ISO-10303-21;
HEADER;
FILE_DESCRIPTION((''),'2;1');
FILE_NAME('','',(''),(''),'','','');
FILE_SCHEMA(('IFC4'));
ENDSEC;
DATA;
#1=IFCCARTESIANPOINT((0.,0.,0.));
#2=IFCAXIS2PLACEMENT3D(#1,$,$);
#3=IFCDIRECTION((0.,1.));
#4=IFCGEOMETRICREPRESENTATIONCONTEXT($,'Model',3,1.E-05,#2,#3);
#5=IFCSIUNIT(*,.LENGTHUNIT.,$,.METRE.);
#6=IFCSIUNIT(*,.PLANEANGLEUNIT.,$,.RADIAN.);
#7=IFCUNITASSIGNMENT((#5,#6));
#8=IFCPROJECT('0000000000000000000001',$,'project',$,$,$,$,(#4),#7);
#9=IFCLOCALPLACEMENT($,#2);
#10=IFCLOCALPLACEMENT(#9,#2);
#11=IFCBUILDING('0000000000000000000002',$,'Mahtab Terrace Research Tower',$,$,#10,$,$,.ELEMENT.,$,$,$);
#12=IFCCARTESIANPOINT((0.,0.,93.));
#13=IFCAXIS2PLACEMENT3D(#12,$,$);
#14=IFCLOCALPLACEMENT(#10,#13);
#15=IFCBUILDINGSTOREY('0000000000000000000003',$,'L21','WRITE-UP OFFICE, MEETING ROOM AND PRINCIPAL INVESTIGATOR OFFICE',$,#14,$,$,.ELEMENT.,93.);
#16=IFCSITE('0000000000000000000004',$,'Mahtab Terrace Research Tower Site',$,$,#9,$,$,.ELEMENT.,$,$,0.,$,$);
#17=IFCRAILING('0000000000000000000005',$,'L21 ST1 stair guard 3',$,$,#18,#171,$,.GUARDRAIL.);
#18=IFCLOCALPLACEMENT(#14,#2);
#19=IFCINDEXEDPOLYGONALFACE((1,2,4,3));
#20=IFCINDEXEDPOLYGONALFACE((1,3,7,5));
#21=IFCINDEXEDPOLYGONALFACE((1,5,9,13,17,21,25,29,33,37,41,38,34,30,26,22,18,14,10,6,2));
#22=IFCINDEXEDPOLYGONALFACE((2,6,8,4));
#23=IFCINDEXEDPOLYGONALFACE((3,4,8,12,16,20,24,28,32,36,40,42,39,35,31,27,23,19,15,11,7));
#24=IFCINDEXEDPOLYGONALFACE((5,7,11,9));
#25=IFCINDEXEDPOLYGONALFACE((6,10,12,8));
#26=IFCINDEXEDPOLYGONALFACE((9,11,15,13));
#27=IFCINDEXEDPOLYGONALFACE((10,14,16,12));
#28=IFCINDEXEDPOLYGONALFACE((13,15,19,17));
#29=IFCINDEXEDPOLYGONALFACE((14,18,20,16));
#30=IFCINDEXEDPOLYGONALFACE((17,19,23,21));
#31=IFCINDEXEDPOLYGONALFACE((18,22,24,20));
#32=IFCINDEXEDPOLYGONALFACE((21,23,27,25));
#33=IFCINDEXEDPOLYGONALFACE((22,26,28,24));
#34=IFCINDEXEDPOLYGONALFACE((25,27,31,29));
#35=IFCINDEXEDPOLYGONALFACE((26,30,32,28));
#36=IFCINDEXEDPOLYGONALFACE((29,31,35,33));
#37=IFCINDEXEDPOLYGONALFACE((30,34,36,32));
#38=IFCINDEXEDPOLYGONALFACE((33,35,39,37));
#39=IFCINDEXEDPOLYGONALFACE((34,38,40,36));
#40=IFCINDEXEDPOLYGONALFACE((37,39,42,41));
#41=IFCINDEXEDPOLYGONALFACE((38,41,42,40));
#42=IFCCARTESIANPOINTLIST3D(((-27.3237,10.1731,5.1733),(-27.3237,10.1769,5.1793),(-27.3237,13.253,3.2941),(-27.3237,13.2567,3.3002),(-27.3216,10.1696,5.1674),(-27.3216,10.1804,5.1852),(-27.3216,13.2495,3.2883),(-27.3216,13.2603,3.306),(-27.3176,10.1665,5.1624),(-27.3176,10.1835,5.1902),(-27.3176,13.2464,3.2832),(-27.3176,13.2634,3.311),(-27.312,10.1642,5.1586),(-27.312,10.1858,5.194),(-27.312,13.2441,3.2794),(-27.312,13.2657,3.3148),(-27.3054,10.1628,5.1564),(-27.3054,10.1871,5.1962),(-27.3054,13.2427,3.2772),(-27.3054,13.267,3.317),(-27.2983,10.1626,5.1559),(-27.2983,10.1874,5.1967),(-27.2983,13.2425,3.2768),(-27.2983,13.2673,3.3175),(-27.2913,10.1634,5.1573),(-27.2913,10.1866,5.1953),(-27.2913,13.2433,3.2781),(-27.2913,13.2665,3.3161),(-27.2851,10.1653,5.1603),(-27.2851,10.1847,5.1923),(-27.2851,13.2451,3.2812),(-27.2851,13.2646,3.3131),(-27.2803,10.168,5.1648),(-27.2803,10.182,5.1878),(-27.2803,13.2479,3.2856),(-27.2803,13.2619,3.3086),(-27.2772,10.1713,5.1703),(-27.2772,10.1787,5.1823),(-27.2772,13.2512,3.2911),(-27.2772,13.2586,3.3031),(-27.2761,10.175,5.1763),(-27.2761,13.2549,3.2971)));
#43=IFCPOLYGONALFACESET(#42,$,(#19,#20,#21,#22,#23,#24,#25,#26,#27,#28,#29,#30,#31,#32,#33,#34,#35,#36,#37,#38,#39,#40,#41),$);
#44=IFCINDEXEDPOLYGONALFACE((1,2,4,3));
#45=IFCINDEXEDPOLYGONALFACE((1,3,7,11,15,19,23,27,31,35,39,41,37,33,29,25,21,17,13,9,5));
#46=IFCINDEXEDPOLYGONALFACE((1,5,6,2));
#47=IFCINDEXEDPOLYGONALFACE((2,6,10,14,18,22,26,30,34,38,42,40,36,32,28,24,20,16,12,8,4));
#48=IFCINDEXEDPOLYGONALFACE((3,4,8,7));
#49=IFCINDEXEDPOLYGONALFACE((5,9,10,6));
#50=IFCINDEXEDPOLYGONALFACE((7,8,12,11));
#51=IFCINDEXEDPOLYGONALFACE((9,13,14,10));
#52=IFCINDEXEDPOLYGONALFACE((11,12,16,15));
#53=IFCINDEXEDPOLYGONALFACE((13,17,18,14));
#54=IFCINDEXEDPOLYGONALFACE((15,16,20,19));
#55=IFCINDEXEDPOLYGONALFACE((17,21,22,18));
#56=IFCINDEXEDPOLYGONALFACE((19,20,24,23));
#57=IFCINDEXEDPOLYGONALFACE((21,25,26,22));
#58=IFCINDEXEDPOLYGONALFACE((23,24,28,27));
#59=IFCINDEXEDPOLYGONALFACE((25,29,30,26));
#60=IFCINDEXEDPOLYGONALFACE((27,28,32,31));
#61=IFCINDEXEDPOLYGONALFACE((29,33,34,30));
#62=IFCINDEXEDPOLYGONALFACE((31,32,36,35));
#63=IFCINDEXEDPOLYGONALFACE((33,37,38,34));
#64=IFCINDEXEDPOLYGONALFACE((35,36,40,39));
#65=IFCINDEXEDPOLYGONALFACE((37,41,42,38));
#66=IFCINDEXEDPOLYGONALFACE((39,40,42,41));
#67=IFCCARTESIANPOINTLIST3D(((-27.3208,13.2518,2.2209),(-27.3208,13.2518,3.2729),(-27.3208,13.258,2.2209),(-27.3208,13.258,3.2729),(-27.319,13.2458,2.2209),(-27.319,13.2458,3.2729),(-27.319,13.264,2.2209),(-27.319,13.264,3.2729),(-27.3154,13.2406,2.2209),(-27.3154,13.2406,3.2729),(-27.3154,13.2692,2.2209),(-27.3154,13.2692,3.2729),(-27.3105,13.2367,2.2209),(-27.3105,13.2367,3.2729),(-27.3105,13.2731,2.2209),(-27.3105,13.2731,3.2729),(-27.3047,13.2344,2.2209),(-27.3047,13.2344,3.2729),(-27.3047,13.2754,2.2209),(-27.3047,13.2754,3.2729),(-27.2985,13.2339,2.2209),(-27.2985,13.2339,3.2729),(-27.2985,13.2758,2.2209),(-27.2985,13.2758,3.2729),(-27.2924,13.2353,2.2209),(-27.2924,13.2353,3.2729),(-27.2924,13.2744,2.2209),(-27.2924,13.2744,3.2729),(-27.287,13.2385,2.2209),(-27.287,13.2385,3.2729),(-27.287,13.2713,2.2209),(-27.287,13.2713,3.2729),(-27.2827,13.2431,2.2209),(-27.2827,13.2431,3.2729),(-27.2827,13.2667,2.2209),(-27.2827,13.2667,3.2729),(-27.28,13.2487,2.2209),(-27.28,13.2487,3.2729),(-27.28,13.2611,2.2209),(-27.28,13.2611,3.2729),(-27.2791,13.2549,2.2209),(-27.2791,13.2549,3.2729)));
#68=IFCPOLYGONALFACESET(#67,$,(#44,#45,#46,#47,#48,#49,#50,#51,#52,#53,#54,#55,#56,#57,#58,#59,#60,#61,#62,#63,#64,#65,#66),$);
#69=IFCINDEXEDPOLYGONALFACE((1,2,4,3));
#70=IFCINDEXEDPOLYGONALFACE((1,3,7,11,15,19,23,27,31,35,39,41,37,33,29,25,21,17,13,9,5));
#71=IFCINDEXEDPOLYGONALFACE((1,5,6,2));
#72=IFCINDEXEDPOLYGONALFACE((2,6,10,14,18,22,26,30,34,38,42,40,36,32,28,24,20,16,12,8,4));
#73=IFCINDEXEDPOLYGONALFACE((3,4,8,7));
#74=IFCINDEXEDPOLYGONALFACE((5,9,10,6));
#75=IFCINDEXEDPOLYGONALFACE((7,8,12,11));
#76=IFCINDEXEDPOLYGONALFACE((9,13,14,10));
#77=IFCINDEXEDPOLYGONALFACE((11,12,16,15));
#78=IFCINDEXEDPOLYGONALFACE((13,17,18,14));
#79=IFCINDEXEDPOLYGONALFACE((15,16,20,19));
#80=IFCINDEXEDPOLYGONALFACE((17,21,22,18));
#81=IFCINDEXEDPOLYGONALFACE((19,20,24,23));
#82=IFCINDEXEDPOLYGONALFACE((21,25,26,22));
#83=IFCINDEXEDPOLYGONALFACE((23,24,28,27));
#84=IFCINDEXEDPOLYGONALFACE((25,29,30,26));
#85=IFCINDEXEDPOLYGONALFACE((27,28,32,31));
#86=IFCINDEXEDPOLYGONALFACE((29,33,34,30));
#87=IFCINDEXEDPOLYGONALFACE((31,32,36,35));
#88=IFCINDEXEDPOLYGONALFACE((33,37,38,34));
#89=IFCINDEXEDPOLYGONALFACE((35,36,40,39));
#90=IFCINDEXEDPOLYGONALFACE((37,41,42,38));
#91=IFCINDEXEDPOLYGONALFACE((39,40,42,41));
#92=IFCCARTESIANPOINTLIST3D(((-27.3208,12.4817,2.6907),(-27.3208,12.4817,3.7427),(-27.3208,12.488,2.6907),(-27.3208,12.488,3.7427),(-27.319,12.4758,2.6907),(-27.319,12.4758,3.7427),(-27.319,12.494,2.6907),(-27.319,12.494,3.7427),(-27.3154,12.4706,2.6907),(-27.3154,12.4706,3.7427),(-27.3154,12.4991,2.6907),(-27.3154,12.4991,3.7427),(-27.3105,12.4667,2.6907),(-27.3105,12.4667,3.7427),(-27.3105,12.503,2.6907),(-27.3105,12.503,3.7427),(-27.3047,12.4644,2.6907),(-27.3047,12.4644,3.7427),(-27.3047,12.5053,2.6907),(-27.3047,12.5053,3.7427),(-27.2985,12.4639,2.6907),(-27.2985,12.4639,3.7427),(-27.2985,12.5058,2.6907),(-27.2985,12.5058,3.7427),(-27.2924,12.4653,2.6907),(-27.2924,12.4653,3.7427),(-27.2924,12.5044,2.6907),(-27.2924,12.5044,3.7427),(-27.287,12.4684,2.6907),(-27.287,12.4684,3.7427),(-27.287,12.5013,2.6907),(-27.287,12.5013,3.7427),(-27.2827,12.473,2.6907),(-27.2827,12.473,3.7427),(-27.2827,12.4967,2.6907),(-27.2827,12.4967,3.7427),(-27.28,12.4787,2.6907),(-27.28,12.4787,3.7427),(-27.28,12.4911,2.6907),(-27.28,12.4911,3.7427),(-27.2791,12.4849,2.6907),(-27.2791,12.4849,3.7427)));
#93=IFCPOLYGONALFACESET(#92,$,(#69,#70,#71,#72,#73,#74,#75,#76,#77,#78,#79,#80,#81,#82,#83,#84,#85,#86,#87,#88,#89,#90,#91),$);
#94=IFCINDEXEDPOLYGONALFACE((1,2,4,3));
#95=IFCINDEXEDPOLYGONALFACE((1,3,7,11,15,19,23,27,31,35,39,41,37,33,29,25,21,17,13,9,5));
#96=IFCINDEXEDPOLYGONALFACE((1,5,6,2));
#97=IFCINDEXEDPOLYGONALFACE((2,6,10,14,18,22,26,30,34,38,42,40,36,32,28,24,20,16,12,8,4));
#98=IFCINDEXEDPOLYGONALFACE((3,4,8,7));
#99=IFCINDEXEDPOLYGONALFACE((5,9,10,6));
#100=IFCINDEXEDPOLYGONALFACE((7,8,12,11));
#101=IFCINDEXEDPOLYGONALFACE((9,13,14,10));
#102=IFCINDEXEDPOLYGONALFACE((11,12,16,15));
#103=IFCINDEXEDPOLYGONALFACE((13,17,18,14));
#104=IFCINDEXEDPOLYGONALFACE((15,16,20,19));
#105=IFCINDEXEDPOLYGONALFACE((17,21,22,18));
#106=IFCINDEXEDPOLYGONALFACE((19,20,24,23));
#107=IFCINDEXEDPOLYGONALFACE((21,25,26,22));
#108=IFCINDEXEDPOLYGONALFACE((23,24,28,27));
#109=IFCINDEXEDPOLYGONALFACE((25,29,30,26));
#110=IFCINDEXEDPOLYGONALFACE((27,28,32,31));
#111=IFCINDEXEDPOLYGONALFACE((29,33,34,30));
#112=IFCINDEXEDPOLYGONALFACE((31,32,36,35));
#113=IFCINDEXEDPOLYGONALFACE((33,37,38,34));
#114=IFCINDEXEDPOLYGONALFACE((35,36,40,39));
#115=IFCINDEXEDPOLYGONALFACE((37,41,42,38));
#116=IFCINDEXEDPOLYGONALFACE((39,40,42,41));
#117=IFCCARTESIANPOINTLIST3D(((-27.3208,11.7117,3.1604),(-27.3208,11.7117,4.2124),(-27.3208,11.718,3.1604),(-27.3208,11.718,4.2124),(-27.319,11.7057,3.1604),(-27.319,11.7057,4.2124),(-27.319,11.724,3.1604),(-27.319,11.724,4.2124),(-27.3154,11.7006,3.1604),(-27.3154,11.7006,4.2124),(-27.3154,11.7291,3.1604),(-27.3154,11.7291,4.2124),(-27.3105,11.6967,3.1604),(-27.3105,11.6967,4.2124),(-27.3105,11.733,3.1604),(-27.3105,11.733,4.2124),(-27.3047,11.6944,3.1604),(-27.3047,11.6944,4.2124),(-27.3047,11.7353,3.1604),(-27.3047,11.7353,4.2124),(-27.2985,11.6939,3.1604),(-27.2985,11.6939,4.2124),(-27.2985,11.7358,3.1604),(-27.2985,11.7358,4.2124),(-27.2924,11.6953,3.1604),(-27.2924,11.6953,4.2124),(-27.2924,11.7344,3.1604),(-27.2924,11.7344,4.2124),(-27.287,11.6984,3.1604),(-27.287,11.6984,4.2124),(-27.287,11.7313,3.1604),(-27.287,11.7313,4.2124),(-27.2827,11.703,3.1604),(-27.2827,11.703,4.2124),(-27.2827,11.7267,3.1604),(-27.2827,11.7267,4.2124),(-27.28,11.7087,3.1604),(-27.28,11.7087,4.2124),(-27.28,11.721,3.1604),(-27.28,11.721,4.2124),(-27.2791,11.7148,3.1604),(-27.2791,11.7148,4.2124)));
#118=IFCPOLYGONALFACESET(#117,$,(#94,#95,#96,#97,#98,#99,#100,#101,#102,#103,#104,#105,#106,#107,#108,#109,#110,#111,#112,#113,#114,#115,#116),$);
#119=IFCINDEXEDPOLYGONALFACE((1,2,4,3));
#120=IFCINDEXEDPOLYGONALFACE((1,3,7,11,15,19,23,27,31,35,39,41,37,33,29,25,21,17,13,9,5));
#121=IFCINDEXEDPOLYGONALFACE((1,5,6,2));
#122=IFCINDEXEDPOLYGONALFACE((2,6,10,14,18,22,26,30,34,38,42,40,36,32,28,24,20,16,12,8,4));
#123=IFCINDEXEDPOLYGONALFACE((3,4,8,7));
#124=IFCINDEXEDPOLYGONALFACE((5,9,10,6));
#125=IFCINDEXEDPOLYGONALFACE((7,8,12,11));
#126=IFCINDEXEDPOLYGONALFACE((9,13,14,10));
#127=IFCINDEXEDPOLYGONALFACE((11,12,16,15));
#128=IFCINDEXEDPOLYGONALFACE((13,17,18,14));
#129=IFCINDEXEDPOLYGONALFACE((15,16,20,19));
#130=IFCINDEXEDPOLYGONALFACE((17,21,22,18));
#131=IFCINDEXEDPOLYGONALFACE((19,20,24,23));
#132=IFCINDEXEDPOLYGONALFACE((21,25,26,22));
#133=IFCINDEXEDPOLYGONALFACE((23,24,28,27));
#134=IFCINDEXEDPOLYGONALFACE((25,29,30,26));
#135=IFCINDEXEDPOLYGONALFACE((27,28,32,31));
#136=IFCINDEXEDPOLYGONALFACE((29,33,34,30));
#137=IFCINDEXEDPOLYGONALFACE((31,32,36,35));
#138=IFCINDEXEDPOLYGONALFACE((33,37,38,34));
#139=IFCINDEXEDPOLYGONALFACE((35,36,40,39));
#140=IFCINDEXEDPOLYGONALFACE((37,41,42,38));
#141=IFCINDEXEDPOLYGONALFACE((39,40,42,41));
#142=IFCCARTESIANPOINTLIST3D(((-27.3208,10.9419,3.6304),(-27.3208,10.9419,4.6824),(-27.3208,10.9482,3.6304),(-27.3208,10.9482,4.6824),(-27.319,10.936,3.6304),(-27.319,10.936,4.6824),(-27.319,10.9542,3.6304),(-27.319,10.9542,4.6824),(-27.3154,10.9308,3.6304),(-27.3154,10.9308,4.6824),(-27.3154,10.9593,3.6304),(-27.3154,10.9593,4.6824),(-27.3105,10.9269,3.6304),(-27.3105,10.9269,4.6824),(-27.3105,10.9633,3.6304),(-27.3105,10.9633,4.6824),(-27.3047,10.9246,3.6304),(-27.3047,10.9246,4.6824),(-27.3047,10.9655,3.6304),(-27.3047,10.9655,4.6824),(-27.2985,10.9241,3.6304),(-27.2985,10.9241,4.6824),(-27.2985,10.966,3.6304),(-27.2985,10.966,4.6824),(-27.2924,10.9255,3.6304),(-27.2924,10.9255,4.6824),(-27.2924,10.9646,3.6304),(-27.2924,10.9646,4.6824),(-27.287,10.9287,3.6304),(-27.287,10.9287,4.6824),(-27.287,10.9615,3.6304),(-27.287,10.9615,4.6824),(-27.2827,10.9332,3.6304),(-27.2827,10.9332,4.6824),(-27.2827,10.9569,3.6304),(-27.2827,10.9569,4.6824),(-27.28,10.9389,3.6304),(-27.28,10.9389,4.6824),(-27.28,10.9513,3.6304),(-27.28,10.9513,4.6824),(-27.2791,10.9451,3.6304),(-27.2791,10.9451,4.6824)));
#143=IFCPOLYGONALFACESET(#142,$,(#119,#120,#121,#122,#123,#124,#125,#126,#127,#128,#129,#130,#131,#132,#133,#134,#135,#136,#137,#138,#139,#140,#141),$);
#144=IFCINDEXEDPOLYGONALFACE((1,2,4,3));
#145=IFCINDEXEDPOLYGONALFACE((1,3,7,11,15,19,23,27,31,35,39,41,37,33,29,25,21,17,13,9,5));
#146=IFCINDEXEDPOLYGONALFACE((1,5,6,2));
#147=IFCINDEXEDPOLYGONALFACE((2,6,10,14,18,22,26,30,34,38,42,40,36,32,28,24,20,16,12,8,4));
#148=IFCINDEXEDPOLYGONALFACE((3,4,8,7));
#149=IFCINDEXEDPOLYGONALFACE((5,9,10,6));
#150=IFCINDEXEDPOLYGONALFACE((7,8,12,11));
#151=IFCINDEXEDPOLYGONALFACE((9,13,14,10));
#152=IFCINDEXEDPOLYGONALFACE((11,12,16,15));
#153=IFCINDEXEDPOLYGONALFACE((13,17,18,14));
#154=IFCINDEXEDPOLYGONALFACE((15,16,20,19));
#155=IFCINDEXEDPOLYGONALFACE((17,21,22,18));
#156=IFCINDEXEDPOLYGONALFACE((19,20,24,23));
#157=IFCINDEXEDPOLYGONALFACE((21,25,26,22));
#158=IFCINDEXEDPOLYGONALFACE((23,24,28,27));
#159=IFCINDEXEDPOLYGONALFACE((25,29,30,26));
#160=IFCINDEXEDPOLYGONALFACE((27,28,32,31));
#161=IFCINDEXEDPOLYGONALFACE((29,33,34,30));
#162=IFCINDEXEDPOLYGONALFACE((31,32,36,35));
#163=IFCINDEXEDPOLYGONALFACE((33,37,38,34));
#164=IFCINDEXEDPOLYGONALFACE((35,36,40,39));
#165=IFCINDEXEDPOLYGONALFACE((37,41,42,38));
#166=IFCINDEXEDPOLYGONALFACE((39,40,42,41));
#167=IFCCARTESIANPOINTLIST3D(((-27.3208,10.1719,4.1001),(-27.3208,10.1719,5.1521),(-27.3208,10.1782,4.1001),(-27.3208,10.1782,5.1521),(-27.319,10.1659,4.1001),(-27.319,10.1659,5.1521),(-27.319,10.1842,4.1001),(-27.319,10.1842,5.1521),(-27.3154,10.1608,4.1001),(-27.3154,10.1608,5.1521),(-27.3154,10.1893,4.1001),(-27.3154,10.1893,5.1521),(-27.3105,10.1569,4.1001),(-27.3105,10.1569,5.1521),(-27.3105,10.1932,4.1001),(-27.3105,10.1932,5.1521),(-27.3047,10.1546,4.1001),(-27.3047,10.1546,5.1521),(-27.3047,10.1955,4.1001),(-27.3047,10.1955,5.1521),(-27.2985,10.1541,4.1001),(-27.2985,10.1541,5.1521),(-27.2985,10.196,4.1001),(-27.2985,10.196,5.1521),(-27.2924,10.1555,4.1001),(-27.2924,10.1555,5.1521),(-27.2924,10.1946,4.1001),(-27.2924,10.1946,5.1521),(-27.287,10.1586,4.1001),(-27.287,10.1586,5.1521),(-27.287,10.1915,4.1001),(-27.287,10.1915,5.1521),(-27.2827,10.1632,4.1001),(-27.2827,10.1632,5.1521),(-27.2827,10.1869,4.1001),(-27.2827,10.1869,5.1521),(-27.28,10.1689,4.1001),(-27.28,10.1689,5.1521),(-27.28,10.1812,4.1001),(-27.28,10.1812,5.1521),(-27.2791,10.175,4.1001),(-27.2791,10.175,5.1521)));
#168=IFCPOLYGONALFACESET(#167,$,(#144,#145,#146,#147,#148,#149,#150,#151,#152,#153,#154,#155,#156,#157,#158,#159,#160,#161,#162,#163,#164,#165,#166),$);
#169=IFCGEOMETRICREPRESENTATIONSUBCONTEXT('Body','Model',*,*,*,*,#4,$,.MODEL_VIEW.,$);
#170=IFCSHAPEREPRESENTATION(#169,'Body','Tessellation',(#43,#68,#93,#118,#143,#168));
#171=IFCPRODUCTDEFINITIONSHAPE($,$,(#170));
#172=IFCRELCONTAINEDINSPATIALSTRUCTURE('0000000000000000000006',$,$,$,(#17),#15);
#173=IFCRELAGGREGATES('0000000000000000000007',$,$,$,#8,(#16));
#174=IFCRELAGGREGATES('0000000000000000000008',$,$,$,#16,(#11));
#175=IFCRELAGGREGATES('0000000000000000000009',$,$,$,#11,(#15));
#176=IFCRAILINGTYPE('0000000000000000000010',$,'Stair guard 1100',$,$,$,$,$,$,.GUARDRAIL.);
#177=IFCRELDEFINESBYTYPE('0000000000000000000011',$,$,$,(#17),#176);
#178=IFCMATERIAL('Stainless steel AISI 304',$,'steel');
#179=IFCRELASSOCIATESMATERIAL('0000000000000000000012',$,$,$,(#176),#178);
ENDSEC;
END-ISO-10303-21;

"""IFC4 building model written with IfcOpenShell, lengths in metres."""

from ifc_helpers import new_model, si_unit, direction, frame, origin, origin_2d, place, context, subcontext, project, spatial, circle, extrude, material, type_object, element, save


model = new_model("IFC4")

# Units and contexts
model_context = context("Model", 3, precision=1e-05, world=origin(), true_north=direction((0.0, 1.0)))
body_context = subcontext(model_context, "Body", "Model", "MODEL_VIEW")
ifc_project = project(units=[si_unit("LENGTHUNIT", "METRE"), si_unit("PLANEANGLEUNIT", "RADIAN")], contexts=[model_context])

# Site, building, storey
site_placement = place(None, origin())
site = spatial("IfcSite", under=ifc_project, at=site_placement, Name="Mahtab Terrace Research Tower Site", CompositionType="ELEMENT", RefElevation=0.0)
building_placement = place(site_placement, origin())
building = spatial("IfcBuilding", under=site, at=building_placement, Name="Mahtab Terrace Research Tower", CompositionType="ELEMENT")
storey_placement = place(building_placement, frame((0.0, 0.0, 93.0)))
storey = spatial("IfcBuildingStorey", under=building, at=storey_placement, Name="L21", Description="WRITE-UP OFFICE, MEETING ROOM AND PRINCIPAL INVESTIGATOR OFFICE", CompositionType="ELEMENT", Elevation=93.0)

# Railing
ifc_material_1 = material(Name="Stainless steel AISI 304", Category="steel")
railing_type_1 = type_object("IfcRailingType", Name="Stair guard 1100", PredefinedType="GUARDRAIL", material=ifc_material_1)
railing_1_placement = place(storey_placement, frame((-27.3, 13.2549, 2.2209)))
element("IfcRailing", 1, at=railing_1_placement, inside=storey, type_object=railing_type_1, Name="L21 ST1 stair guard 3", PredefinedType="GUARDRAIL", context=body_context, shape_type="SweptSolid", body=[
    extrude(circle(Radius=0.0239, at=origin_2d()), frame((0.0, 0.0, 1.0762), z_axis=(0.0, -0.853648, 0.52085), x_axis=(1.0, 0.0, 0.0)), (0.0, 0.0, 1.0), 3.6079),
    extrude(circle(Radius=0.021, at=origin_2d()), origin(), (0.0, 0.0, 1.0), 1.052),
    extrude(circle(Radius=0.021, at=origin_2d()), frame((0.0, -0.77, 0.4697)), (0.0, 0.0, 1.0), 1.052),
    extrude(circle(Radius=0.021, at=origin_2d()), frame((0.0, -1.54, 0.9395)), (0.0, 0.0, 1.0), 1.052),
    extrude(circle(Radius=0.021, at=origin_2d()), frame((0.0, -2.3098, 1.4094)), (0.0, 0.0, 1.0), 1.052),
    extrude(circle(Radius=0.021, at=origin_2d()), frame((0.0, -3.0798, 1.8792)), (0.0, 0.0, 1.0), 1.052),
])

save(model, "model.ifc")
